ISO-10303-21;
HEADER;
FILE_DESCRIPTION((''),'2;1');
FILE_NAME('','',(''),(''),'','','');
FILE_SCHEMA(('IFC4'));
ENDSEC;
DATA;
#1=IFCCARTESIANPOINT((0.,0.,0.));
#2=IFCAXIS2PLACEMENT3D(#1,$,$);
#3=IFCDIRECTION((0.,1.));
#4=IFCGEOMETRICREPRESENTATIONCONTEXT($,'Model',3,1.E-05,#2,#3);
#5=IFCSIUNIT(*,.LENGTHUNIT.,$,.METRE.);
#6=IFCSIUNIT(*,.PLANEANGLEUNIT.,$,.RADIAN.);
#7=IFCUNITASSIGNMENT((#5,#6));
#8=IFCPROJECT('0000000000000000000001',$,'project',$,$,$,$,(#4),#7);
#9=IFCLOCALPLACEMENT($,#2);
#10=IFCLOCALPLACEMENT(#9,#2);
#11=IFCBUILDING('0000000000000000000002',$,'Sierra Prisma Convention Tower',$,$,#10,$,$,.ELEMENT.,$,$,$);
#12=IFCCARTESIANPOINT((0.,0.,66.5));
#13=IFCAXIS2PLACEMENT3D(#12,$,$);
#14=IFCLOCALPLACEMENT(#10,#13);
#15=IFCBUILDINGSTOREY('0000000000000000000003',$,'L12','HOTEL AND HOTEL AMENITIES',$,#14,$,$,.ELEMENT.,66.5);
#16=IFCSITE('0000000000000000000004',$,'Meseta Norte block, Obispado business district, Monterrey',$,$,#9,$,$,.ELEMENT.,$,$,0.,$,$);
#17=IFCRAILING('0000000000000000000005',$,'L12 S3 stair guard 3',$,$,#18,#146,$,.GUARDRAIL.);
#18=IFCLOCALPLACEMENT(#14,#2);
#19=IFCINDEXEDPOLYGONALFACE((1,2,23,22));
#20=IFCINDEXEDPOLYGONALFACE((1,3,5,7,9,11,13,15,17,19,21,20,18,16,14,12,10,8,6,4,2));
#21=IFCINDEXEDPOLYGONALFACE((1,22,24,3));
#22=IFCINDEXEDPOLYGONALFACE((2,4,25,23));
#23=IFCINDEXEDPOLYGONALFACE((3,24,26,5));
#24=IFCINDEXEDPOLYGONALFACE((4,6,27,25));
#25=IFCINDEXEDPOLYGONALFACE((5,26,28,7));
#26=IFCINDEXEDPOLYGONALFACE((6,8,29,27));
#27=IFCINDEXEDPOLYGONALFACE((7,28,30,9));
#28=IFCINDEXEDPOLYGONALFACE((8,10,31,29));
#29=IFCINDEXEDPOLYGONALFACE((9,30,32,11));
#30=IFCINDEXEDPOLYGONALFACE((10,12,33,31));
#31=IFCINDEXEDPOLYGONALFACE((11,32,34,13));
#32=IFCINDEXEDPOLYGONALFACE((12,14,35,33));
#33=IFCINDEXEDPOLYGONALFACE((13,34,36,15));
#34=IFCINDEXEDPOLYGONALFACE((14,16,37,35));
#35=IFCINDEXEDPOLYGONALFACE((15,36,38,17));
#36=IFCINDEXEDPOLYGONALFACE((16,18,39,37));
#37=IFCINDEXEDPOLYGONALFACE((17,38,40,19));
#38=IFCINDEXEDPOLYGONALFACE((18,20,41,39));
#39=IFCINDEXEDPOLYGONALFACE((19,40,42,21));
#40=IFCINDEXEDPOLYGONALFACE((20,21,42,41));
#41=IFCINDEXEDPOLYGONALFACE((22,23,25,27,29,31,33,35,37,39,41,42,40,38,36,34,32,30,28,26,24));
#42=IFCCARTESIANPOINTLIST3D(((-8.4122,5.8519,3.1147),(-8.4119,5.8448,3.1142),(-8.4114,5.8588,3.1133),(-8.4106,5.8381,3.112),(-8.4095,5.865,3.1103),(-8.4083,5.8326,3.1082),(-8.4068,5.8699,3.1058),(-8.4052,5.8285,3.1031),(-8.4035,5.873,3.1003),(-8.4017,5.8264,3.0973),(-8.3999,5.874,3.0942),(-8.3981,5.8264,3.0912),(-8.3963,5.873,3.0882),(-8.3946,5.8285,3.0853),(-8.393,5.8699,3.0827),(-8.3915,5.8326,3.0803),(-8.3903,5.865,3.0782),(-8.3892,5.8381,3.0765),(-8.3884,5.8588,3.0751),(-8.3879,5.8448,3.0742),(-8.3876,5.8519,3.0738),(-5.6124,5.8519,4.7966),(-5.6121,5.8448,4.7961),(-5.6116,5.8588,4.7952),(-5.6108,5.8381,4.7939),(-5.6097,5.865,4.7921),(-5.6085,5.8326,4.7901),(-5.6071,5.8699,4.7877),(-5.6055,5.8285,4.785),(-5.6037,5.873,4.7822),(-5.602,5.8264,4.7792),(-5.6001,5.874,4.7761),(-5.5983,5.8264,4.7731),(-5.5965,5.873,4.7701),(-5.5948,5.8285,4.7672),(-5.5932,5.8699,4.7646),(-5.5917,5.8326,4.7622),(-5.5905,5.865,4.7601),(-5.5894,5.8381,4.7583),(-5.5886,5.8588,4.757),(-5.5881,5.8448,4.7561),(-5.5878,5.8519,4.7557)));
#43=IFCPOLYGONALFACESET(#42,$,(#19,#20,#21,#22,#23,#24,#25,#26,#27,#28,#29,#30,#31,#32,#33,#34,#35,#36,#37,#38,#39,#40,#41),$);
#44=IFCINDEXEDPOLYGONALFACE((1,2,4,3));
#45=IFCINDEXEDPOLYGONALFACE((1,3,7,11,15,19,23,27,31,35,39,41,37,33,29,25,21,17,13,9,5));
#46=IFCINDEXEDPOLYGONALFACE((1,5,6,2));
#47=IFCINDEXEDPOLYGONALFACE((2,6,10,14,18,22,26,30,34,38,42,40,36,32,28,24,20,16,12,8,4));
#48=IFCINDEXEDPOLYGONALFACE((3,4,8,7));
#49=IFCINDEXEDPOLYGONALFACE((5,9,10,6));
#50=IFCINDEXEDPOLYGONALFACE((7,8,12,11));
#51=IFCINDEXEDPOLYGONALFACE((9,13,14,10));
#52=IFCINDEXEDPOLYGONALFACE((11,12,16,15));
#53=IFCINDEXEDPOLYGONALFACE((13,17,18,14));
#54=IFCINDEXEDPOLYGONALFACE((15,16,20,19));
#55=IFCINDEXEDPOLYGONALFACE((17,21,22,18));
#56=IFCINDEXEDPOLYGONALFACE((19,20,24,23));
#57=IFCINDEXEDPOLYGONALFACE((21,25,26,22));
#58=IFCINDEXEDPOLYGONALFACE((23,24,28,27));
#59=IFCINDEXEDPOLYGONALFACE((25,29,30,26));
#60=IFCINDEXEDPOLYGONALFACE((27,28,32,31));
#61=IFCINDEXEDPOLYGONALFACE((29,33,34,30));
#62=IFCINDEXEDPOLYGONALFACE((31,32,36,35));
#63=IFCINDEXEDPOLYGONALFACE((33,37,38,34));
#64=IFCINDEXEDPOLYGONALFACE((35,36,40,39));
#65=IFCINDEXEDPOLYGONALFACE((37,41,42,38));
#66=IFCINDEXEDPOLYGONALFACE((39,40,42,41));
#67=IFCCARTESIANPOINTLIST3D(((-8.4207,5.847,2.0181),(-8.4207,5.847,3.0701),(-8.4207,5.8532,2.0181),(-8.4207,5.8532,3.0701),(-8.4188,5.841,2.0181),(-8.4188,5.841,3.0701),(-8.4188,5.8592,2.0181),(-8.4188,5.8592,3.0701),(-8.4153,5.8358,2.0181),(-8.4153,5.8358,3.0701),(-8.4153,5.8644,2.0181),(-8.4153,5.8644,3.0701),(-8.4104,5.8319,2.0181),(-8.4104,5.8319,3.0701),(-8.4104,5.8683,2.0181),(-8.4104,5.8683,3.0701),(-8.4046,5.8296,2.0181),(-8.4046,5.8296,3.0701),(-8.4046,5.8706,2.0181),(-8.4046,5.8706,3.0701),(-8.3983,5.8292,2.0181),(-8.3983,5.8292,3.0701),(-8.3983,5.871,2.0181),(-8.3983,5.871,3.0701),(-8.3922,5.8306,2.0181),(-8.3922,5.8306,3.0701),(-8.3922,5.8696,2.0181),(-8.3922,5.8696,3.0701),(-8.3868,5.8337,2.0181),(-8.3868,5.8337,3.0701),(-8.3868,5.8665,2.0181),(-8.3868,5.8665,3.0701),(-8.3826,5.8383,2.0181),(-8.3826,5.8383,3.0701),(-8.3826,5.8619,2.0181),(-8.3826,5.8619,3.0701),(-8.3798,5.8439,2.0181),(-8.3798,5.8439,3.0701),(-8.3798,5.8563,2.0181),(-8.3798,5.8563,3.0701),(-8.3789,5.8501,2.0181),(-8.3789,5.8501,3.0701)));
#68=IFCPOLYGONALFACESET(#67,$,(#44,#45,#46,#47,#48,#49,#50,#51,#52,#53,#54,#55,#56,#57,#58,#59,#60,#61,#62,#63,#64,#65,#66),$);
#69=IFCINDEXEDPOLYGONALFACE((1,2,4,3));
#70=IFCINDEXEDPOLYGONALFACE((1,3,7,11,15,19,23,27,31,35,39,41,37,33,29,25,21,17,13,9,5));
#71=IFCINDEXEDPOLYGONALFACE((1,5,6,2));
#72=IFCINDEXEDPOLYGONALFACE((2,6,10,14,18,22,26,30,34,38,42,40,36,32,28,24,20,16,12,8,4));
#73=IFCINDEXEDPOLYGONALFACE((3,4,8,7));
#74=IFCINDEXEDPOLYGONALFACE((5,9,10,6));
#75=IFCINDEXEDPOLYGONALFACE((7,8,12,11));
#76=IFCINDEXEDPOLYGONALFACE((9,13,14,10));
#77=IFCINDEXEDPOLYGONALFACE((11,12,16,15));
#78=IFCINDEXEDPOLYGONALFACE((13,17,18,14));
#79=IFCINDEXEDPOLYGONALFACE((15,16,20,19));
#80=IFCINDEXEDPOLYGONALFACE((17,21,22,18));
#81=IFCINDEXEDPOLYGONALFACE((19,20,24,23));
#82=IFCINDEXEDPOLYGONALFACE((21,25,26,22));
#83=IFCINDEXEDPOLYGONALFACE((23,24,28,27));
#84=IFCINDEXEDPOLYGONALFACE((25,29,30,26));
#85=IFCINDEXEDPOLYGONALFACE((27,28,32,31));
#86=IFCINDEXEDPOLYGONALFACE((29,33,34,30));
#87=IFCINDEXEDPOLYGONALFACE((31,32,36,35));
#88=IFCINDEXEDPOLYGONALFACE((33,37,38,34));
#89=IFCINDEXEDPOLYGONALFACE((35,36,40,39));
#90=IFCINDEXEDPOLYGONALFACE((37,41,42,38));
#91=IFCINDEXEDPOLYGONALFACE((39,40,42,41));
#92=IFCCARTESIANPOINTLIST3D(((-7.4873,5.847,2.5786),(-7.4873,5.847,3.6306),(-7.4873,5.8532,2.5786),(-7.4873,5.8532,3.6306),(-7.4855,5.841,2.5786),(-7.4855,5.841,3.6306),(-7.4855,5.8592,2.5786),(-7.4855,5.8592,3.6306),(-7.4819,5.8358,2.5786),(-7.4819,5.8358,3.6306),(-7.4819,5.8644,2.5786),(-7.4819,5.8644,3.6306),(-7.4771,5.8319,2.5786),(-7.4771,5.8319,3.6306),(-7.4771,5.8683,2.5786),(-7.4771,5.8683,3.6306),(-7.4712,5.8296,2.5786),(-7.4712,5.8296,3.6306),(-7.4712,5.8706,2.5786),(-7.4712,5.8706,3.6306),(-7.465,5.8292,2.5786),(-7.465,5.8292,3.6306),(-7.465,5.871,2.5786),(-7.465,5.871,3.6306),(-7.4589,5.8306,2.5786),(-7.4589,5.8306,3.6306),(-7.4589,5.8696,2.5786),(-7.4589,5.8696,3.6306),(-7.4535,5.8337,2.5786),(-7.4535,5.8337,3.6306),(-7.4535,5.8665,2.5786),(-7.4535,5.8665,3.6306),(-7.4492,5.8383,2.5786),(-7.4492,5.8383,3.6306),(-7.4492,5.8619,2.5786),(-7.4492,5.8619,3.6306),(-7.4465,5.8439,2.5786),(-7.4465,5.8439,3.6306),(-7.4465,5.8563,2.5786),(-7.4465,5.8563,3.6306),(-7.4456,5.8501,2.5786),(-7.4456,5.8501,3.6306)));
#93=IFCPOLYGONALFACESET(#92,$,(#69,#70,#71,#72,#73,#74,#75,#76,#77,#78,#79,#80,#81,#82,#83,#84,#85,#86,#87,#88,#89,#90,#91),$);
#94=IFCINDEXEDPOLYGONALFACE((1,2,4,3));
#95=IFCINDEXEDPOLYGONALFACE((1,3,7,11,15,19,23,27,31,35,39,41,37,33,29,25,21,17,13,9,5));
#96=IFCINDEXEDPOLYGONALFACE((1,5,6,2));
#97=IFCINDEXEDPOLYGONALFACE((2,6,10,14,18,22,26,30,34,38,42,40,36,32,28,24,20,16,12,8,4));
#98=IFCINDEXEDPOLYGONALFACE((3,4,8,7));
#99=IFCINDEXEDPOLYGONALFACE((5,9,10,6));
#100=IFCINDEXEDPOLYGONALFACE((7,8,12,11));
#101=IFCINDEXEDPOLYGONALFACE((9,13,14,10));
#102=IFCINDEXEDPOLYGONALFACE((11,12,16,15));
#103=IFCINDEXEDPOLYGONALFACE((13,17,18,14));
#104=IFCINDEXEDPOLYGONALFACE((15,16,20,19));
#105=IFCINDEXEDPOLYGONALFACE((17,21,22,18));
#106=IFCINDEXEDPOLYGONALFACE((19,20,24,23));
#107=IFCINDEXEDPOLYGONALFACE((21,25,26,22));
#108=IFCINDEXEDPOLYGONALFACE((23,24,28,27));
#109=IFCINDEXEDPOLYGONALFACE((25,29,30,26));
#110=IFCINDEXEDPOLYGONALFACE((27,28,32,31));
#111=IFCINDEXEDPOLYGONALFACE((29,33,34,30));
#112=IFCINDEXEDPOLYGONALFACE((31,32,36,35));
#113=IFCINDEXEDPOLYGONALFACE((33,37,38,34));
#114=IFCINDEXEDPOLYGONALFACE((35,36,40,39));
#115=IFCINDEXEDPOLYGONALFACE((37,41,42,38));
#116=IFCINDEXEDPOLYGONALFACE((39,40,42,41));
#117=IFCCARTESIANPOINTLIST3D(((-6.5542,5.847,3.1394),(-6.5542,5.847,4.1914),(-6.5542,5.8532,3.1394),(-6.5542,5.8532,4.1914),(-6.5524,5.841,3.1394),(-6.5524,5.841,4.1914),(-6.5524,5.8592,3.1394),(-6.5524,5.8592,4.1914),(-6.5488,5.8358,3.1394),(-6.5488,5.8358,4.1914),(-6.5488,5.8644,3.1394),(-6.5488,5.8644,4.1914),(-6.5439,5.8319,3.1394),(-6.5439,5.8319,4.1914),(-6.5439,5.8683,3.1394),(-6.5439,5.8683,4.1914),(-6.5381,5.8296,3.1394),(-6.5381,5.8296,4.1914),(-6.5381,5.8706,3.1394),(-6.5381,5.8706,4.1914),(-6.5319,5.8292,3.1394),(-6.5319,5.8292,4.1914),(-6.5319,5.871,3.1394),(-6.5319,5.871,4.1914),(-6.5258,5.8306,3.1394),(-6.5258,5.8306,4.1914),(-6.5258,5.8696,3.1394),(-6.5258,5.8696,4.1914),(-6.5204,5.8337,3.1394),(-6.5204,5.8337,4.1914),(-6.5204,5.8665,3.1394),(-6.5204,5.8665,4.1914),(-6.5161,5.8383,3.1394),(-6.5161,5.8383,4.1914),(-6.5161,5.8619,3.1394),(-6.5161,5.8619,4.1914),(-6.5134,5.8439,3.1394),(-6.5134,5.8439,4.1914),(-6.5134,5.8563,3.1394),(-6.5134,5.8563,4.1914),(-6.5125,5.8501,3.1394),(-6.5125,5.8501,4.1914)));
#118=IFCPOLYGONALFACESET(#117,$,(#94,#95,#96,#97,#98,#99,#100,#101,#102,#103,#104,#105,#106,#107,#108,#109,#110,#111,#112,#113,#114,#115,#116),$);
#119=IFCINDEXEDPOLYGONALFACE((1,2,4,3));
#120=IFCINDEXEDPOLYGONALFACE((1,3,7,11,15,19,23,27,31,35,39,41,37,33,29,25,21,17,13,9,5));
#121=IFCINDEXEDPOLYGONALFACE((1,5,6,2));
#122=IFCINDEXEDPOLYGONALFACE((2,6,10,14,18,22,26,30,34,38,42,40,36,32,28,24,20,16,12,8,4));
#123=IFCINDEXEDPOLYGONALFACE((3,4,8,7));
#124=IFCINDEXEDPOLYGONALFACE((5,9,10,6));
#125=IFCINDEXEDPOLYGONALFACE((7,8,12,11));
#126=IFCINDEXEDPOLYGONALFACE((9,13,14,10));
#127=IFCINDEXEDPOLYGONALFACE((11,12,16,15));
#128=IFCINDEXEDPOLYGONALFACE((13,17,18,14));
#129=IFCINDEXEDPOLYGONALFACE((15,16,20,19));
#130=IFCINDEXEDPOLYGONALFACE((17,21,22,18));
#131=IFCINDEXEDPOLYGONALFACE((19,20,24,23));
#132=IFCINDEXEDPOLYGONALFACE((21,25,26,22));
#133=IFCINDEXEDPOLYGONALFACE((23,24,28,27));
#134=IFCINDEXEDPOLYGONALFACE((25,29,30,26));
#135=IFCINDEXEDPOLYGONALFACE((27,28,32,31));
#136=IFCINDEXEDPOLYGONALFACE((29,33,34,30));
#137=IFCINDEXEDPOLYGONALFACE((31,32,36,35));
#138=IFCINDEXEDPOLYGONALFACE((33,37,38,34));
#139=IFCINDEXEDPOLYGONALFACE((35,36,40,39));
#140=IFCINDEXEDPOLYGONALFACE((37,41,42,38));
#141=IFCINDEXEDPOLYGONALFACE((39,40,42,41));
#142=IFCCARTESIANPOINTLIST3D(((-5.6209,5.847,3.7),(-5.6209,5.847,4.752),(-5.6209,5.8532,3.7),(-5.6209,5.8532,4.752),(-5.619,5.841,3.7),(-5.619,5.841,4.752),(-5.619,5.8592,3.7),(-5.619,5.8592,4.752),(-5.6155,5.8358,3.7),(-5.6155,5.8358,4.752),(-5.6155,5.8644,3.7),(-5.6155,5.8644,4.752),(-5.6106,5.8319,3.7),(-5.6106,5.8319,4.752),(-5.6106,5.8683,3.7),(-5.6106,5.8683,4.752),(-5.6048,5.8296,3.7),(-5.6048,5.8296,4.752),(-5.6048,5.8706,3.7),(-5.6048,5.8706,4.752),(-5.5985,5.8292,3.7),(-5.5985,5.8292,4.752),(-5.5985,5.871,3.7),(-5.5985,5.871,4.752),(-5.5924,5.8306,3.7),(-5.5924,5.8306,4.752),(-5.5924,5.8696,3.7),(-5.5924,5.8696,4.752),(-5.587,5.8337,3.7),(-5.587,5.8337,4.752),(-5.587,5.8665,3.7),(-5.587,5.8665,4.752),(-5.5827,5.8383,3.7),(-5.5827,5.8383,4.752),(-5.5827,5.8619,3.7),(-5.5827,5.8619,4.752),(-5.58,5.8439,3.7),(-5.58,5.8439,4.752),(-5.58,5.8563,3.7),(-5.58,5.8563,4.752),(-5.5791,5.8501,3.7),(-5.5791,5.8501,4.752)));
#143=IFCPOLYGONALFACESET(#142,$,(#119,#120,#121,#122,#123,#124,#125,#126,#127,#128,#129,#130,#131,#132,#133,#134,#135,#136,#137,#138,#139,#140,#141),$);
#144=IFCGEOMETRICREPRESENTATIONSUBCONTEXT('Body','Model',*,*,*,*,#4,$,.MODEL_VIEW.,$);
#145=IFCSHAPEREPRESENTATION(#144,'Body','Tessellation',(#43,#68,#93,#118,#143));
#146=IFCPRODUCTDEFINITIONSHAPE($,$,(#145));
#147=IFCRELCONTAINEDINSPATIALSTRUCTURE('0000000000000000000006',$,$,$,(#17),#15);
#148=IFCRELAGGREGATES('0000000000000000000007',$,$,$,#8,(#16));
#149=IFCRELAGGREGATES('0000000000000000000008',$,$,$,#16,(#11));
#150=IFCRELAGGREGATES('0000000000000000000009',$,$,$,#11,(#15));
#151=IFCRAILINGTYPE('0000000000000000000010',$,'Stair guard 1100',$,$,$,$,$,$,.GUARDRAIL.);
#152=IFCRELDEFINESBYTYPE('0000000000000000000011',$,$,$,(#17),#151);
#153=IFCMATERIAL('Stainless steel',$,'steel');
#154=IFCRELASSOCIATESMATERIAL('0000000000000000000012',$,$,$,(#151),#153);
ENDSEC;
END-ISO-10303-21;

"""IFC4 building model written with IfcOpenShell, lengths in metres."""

from ifc_helpers import new_model, si_unit, direction, frame, origin, origin_2d, place, context, subcontext, project, spatial, circle, extrude, material, type_object, element, save


model = new_model("IFC4")

# Units and contexts
model_context = context("Model", 3, precision=1e-05, world=origin(), true_north=direction((0.0, 1.0)))
body_context = subcontext(model_context, "Body", "Model", "MODEL_VIEW")
ifc_project = project(units=[si_unit("LENGTHUNIT", "METRE"), si_unit("PLANEANGLEUNIT", "RADIAN")], contexts=[model_context])

# Site, building, storey
site_placement = place(None, origin())
site = spatial("IfcSite", under=ifc_project, at=site_placement, Name="Meseta Norte block, Obispado business district, Monterrey", CompositionType="ELEMENT", RefElevation=0.0)
building_placement = place(site_placement, origin())
building = spatial("IfcBuilding", under=site, at=building_placement, Name="Sierra Prisma Convention Tower", CompositionType="ELEMENT")
storey_placement = place(building_placement, frame((0.0, 0.0, 66.5)))
storey = spatial("IfcBuildingStorey", under=building, at=storey_placement, Name="L12", Description="HOTEL AND HOTEL AMENITIES", CompositionType="ELEMENT", Elevation=66.5)

# Railing
ifc_material_1 = material(Name="Stainless steel", Category="steel")
railing_type_1 = type_object("IfcRailingType", Name="Stair guard 1100", PredefinedType="GUARDRAIL", material=ifc_material_1)
railing_1_placement = place(storey_placement, frame((-8.3999, 5.8501, 2.0181)))
element("IfcRailing", 1, at=railing_1_placement, inside=storey, type_object=railing_type_1, Name="L12 S3 stair guard 3", PredefinedType="GUARDRAIL", context=body_context, shape_type="SweptSolid", body=[
    extrude(circle(Radius=0.0239, at=origin_2d()), frame((0.0, 0.0, 1.0762), z_axis=(0.857222, 0.0, 0.514946), x_axis=(0.0, 1.0, 0.0)), (0.0, 0.0, 1.0), 3.2661),
    extrude(circle(Radius=0.021, at=origin_2d()), origin(), (0.0, 0.0, 1.0), 1.052),
    extrude(circle(Radius=0.021, at=origin_2d()), frame((0.9333, 0.0, 0.5605)), (0.0, 0.0, 1.0), 1.052),
    extrude(circle(Radius=0.021, at=origin_2d()), frame((1.8665, 0.0, 1.1213)), (0.0, 0.0, 1.0), 1.052),
    extrude(circle(Radius=0.021, at=origin_2d()), frame((2.7998, 0.0, 1.6819)), (0.0, 0.0, 1.0), 1.052),
])

save(model, "model.ifc")
